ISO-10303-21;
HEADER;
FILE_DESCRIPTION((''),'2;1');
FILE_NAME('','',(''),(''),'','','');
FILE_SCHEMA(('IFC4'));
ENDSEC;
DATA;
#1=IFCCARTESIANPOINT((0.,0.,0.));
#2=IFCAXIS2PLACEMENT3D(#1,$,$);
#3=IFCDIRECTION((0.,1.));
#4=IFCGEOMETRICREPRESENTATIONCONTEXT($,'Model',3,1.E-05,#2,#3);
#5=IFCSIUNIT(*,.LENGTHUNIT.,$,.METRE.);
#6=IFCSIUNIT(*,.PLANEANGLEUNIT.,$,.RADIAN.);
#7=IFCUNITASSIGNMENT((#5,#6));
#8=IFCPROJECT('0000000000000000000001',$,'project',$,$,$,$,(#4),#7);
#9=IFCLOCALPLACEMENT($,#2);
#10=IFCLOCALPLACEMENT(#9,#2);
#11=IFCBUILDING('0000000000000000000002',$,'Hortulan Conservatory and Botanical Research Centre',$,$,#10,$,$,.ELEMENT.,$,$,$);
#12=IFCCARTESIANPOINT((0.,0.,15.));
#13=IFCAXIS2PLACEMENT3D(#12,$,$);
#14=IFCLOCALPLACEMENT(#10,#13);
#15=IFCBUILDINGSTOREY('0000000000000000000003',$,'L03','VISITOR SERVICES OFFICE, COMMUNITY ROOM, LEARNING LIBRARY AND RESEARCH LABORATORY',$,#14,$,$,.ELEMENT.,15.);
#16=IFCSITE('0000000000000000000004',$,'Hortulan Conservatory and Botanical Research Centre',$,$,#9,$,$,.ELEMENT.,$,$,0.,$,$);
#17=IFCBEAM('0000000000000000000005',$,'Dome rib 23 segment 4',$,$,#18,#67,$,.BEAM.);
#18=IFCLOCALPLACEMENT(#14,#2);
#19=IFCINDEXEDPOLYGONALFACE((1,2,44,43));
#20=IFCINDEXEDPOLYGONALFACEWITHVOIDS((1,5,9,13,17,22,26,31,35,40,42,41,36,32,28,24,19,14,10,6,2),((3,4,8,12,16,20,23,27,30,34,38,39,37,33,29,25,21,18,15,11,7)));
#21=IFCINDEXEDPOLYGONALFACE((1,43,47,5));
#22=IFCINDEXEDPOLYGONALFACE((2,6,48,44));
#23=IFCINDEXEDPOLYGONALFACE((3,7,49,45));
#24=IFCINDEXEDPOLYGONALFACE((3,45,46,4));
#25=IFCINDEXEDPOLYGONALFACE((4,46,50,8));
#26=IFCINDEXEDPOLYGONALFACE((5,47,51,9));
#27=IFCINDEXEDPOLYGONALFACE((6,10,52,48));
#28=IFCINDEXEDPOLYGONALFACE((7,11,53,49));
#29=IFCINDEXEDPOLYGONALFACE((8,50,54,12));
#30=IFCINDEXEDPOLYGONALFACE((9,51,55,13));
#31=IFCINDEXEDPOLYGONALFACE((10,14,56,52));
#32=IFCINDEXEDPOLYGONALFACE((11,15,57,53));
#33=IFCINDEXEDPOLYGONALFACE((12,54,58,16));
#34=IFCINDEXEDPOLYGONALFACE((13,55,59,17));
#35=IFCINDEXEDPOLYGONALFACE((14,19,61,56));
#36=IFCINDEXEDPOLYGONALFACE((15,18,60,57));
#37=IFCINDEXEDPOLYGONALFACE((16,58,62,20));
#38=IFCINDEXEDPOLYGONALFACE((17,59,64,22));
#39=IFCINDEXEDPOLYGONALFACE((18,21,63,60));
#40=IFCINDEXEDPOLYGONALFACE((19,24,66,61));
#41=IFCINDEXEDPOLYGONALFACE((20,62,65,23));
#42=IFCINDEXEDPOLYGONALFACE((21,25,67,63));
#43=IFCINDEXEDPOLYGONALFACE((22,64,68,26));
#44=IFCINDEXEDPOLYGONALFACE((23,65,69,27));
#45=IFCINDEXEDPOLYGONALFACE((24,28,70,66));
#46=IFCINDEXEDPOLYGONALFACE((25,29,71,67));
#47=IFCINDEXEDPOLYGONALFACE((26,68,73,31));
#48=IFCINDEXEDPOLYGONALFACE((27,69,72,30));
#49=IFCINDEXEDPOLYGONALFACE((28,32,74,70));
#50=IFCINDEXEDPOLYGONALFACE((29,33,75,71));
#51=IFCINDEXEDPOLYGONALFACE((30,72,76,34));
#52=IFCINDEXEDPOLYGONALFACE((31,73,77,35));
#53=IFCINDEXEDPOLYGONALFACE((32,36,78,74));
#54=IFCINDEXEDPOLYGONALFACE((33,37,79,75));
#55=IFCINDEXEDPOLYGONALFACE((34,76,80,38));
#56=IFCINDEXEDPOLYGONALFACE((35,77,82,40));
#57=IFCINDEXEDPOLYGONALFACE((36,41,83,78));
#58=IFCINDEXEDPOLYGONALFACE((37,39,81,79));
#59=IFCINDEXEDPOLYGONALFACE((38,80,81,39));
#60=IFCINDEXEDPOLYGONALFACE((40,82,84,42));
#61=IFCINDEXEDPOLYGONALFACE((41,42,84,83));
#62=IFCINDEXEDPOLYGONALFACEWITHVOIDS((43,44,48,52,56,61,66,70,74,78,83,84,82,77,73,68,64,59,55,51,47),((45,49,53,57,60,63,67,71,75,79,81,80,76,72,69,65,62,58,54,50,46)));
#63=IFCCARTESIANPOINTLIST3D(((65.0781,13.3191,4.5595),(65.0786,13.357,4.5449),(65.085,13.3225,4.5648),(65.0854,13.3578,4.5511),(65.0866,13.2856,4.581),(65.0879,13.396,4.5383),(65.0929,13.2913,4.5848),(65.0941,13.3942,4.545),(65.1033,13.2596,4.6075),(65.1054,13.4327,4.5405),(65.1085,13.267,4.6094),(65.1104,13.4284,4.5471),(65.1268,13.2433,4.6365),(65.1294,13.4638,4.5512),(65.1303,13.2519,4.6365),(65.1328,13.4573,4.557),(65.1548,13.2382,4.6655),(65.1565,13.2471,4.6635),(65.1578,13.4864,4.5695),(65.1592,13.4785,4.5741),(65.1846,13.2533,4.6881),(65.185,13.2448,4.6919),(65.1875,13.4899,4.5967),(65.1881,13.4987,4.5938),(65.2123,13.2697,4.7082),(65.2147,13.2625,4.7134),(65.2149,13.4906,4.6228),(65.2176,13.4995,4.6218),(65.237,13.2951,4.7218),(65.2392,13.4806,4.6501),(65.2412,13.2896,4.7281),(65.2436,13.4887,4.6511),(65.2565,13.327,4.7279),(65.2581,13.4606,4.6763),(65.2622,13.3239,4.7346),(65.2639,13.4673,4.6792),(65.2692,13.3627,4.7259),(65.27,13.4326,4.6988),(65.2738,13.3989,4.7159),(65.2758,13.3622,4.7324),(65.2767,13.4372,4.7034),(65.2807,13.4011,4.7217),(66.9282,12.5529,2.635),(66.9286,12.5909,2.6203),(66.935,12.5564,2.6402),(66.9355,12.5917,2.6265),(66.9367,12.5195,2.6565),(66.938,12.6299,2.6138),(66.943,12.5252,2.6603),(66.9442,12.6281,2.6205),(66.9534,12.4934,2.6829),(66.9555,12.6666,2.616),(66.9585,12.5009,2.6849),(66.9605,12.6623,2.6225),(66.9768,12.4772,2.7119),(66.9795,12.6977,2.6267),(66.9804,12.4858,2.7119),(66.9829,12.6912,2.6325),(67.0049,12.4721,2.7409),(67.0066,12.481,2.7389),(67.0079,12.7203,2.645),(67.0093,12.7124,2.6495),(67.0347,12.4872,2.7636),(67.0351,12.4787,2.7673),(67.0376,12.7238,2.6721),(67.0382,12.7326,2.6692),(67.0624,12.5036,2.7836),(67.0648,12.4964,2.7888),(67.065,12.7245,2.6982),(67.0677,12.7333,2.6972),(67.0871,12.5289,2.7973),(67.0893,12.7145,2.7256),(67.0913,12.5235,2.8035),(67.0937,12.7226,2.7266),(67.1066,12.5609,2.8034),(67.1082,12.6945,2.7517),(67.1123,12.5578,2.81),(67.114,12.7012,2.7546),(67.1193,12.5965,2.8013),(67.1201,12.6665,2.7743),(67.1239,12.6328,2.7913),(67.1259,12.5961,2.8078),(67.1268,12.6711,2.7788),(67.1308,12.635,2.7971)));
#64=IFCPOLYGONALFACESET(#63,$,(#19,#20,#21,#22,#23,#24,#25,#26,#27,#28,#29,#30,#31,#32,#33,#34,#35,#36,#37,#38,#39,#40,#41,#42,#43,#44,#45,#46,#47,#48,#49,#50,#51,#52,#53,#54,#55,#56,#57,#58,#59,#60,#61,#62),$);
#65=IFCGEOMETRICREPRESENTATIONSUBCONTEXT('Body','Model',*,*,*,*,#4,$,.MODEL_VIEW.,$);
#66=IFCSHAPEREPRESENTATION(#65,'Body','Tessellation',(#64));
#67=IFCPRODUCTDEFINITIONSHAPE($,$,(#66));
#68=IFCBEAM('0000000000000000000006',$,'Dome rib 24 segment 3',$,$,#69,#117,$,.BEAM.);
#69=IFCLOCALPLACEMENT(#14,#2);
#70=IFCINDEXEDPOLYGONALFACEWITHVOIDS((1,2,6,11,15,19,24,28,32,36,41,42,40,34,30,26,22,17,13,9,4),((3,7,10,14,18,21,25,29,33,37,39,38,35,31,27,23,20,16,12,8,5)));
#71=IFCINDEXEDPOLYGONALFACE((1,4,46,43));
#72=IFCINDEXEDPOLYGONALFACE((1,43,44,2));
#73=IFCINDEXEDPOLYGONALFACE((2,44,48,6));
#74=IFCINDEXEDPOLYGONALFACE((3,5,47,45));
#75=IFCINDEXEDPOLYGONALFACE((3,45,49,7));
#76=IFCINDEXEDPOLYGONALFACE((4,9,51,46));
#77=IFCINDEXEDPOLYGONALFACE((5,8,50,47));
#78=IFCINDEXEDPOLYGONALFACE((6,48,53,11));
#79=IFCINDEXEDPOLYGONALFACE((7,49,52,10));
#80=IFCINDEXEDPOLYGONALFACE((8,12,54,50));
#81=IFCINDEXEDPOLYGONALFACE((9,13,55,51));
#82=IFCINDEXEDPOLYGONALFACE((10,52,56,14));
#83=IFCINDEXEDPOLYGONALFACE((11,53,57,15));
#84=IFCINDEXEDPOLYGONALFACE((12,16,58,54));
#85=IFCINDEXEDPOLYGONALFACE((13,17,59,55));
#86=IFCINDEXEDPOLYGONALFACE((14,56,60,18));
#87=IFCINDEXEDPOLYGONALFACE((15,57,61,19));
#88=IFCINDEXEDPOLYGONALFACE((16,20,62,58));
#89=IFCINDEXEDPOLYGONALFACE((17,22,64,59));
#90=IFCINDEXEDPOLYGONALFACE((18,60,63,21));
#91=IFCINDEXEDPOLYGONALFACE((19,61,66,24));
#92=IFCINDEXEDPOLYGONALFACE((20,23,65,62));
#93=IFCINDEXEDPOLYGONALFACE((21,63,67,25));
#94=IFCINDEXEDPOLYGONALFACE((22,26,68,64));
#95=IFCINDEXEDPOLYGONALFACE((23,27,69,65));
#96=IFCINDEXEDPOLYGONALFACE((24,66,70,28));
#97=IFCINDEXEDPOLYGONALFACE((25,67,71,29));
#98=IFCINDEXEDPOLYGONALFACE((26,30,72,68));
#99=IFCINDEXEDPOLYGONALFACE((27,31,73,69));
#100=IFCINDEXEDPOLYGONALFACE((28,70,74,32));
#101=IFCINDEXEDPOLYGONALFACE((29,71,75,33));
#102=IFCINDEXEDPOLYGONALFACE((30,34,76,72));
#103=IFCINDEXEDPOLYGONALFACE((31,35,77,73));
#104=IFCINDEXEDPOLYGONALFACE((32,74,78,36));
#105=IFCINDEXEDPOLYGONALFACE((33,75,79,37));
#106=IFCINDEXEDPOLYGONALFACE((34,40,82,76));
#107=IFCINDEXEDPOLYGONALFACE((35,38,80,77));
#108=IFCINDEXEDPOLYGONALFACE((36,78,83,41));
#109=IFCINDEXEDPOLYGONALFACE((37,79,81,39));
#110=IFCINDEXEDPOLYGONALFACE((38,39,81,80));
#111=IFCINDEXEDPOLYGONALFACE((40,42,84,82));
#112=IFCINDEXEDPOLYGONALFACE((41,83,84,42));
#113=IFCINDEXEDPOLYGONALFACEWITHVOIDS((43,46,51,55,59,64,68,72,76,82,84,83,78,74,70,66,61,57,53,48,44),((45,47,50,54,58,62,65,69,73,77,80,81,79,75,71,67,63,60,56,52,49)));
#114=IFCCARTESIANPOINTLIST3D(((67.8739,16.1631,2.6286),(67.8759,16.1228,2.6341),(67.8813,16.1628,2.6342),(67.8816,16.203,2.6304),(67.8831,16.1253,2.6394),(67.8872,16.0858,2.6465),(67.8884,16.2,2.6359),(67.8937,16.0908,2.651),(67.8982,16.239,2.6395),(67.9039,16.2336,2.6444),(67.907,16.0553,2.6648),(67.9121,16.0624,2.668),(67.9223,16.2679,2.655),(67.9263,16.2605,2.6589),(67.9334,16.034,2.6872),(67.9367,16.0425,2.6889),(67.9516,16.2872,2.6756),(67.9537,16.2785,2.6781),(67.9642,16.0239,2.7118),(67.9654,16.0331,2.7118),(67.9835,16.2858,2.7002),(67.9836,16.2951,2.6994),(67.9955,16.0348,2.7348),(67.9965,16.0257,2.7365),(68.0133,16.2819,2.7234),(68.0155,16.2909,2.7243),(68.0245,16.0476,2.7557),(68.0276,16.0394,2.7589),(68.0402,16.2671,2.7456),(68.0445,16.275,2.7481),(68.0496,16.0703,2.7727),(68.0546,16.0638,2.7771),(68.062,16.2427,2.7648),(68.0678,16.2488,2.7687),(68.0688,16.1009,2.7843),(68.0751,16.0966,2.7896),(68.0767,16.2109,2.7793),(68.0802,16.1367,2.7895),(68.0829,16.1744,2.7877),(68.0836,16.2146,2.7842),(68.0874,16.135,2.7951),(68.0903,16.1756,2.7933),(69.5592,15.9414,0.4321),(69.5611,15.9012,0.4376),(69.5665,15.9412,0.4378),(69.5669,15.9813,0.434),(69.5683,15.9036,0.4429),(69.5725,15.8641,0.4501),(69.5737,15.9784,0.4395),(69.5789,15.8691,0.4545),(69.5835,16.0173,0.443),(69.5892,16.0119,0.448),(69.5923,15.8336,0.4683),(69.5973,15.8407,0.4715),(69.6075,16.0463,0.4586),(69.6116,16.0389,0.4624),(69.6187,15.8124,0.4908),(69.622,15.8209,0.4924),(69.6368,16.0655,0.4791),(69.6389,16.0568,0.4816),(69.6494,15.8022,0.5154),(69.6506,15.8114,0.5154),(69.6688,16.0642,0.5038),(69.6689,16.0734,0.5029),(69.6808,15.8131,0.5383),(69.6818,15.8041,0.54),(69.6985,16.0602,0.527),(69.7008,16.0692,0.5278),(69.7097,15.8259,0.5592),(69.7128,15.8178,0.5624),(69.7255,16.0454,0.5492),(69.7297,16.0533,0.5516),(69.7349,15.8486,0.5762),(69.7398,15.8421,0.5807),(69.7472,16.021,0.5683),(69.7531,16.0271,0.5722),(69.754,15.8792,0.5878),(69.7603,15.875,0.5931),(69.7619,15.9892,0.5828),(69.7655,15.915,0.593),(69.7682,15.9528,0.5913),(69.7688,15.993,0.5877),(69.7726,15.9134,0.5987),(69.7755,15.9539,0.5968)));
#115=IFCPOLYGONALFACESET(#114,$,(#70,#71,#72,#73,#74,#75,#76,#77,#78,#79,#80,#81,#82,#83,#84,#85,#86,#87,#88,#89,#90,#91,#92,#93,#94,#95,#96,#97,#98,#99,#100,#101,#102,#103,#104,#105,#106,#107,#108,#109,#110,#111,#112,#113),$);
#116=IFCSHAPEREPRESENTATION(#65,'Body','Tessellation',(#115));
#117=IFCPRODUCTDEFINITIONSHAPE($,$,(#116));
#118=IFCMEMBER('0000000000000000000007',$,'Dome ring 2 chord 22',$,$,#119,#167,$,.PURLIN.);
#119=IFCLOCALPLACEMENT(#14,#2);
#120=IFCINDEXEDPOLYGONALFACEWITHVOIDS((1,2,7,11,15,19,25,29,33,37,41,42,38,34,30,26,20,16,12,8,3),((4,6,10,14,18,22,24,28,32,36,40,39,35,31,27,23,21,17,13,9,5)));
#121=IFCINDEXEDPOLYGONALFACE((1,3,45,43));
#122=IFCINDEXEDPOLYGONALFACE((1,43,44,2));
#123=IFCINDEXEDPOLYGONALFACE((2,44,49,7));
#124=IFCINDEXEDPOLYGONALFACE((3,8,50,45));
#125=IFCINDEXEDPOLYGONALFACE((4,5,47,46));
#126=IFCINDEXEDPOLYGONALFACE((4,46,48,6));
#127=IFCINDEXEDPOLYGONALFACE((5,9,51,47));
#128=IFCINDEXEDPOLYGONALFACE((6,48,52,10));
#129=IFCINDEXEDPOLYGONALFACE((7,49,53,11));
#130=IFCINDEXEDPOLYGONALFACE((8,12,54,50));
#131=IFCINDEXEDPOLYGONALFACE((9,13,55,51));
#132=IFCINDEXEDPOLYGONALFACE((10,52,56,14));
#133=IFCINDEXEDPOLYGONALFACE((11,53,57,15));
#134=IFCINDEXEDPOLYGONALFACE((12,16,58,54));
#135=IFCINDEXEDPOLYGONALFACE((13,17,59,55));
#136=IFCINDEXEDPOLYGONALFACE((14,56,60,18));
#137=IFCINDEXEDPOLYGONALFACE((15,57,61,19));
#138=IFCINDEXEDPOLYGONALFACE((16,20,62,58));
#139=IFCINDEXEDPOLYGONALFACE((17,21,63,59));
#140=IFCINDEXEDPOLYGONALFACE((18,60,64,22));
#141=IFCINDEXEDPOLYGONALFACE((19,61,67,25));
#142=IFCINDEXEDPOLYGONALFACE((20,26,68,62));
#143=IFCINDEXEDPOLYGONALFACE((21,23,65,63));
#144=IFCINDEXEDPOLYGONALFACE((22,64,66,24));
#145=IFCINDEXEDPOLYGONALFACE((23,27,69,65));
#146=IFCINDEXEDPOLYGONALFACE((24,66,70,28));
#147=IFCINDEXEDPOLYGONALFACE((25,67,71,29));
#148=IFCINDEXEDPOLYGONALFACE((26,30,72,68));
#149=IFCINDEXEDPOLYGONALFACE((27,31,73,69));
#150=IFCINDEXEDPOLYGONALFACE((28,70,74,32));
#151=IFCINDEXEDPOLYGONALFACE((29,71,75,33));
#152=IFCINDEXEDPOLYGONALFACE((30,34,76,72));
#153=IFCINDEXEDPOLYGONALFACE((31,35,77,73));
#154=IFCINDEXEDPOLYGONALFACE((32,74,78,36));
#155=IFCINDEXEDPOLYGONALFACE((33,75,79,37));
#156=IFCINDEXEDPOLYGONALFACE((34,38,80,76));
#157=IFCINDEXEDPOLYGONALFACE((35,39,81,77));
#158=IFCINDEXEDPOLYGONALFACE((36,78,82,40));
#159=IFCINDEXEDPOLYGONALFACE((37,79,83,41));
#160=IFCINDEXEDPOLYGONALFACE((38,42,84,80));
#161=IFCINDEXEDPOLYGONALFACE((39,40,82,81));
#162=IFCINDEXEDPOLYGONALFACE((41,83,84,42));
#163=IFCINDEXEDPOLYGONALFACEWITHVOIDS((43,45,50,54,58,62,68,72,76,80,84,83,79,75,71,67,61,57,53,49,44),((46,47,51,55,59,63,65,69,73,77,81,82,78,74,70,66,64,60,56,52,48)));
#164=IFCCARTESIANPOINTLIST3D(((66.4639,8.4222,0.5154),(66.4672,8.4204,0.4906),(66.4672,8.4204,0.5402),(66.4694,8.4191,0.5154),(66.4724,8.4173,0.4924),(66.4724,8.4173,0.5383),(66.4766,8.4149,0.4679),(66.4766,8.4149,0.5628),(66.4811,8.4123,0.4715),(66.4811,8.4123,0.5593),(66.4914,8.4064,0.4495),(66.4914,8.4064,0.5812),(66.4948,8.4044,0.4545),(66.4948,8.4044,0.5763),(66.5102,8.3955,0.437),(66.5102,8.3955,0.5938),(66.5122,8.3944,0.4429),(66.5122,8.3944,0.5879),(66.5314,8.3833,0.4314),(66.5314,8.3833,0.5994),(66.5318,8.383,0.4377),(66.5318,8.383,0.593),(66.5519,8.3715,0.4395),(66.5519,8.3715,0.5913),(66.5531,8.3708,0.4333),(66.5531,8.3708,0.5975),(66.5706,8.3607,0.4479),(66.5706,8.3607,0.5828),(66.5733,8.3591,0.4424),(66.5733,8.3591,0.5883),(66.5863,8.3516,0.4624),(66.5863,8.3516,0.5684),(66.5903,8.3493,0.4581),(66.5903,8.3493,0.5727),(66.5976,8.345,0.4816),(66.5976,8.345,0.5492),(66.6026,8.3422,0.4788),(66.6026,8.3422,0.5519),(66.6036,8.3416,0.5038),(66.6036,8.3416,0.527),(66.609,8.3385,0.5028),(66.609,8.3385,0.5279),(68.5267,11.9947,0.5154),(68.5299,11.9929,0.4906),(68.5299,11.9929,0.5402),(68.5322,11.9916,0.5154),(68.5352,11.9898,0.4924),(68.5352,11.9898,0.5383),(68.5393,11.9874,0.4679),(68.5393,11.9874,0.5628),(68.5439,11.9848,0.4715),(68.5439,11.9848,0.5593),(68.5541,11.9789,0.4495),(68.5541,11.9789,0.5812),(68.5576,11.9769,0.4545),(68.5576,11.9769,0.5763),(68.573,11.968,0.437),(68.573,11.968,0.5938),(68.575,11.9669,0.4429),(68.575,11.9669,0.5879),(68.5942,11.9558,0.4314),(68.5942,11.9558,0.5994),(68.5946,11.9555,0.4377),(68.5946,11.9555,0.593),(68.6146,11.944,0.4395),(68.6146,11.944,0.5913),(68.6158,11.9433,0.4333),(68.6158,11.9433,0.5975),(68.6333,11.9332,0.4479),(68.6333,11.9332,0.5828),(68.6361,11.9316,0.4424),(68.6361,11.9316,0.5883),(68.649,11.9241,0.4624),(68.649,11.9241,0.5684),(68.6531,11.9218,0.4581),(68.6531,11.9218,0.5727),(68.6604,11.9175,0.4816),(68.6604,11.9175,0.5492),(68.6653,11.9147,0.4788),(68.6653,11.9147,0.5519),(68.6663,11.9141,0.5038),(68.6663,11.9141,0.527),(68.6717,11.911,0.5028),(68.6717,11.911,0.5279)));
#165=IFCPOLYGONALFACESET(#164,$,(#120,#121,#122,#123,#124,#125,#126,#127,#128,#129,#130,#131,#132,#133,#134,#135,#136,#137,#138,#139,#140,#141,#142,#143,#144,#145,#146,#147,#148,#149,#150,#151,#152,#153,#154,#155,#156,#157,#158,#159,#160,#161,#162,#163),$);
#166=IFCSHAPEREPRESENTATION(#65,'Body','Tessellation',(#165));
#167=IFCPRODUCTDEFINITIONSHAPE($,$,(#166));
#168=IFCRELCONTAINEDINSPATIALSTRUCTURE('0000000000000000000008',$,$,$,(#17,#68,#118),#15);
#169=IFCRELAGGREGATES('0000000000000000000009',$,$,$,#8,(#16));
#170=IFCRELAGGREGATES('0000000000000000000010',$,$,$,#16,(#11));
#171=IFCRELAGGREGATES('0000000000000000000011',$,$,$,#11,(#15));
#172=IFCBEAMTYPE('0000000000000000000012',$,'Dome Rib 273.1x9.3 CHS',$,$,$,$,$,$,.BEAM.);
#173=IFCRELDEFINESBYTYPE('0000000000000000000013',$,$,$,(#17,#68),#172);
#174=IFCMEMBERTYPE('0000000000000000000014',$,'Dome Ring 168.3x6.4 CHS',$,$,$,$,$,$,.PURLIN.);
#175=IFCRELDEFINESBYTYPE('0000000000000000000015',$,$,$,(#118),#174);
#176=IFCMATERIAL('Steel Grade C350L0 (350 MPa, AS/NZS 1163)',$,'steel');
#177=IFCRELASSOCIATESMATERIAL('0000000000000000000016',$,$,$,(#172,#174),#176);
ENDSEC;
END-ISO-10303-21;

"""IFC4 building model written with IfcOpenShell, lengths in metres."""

from ifc_helpers import new_model, si_unit, direction, frame, origin, origin_2d, place, context, subcontext, project, spatial, hollow_circle, extrude, material, material_profile, profile_set, type_object, element, save


model = new_model("IFC4")

# Units and contexts
model_context = context("Model", 3, precision=1e-05, world=origin(), true_north=direction((0.0, 1.0)))
body_context = subcontext(model_context, "Body", "Model", "MODEL_VIEW")
ifc_project = project(units=[si_unit("LENGTHUNIT", "METRE"), si_unit("PLANEANGLEUNIT", "RADIAN")], contexts=[model_context])

# Site, building, storey
site_placement = place(None, origin())
site = spatial("IfcSite", under=ifc_project, at=site_placement, Name="Hortulan Conservatory and Botanical Research Centre", CompositionType="ELEMENT", RefElevation=0.0)
building_placement = place(site_placement, origin())
building = spatial("IfcBuilding", under=site, at=building_placement, Name="Hortulan Conservatory and Botanical Research Centre", CompositionType="ELEMENT")
storey_placement = place(building_placement, frame((0.0, 0.0, 15.0)))
storey = spatial("IfcBuildingStorey", under=building, at=storey_placement, Name="L03", Description="VISITOR SERVICES OFFICE, COMMUNITY ROOM, LEARNING LIBRARY AND RESEARCH LABORATORY", CompositionType="ELEMENT", Elevation=15.0)

# Beams
ifc_material_1 = material(Name="Steel Grade C350L0 (350 MPa, AS/NZS 1163)", Category="steel")
ifc_material_profile_1 = material_profile(ifc_material_1, hollow_circle(Radius=0.1365, WallThickness=0.0093, at=origin_2d()), Name="273.1x9.3CHS")
ifc_profile_set_1 = profile_set([ifc_material_profile_1], Name="Steel Grade C350L0 (350 MPa, AS/NZS 1163)")
beam_type = type_object("IfcBeamType", Name="Dome Rib 273.1x9.3 CHS", PredefinedType="BEAM", material=ifc_profile_set_1)
for number, where, z_axis, x_axis, name in (
    (1, (67.0291, 12.6033, 2.7119), (-0.666136, 0.275842, 0.692946), (-0.382589, -0.923919, 0.0), "Dome rib 23 segment 4"),
    (2, (69.6672, 15.9375, 0.5154), (-0.606784, 0.079815, 0.79085), (-0.130414, -0.99146, 0.0), "Dome rib 24 segment 3"),
):
    element("IfcBeam", number, at=place(storey_placement, frame(where, z_axis=z_axis, x_axis=x_axis)), inside=storey, type_object=beam_type, Name=name, PredefinedType="BEAM", context=body_context, shape_type="SweptSolid", body=[
        extrude(hollow_circle(Radius=0.1365, WallThickness=0.0093, at=origin_2d()), origin(), (0.0, 0.0, 1.0), 2.7773),
    ])

# Member
ifc_material_profile_2 = material_profile(ifc_material_1, hollow_circle(Radius=0.0842, WallThickness=0.0063, at=origin_2d()), Name="168.3x6.4CHS")
ifc_profile_set_2 = profile_set([ifc_material_profile_2], Name="Steel Grade C350L0 (350 MPa, AS/NZS 1163)")
member_type_1 = type_object("IfcMemberType", Name="Dome Ring 168.3x6.4 CHS", PredefinedType="PURLIN", material=ifc_profile_set_2)
member_1_placement = place(storey_placement, frame((66.5369, 8.3801, 0.5154), z_axis=(0.500028, 0.866009, 0.0), x_axis=(-0.866009, 0.500028, 0.0)))
element("IfcMember", 3, at=member_1_placement, inside=storey, type_object=member_type_1, Name="Dome ring 2 chord 22", PredefinedType="PURLIN", context=body_context, shape_type="SweptSolid", body=[
    extrude(hollow_circle(Radius=0.0842, WallThickness=0.0063, at=origin_2d()), origin(), (0.0, 0.0, 1.0), 4.1252),
])

save(model, "model.ifc")
